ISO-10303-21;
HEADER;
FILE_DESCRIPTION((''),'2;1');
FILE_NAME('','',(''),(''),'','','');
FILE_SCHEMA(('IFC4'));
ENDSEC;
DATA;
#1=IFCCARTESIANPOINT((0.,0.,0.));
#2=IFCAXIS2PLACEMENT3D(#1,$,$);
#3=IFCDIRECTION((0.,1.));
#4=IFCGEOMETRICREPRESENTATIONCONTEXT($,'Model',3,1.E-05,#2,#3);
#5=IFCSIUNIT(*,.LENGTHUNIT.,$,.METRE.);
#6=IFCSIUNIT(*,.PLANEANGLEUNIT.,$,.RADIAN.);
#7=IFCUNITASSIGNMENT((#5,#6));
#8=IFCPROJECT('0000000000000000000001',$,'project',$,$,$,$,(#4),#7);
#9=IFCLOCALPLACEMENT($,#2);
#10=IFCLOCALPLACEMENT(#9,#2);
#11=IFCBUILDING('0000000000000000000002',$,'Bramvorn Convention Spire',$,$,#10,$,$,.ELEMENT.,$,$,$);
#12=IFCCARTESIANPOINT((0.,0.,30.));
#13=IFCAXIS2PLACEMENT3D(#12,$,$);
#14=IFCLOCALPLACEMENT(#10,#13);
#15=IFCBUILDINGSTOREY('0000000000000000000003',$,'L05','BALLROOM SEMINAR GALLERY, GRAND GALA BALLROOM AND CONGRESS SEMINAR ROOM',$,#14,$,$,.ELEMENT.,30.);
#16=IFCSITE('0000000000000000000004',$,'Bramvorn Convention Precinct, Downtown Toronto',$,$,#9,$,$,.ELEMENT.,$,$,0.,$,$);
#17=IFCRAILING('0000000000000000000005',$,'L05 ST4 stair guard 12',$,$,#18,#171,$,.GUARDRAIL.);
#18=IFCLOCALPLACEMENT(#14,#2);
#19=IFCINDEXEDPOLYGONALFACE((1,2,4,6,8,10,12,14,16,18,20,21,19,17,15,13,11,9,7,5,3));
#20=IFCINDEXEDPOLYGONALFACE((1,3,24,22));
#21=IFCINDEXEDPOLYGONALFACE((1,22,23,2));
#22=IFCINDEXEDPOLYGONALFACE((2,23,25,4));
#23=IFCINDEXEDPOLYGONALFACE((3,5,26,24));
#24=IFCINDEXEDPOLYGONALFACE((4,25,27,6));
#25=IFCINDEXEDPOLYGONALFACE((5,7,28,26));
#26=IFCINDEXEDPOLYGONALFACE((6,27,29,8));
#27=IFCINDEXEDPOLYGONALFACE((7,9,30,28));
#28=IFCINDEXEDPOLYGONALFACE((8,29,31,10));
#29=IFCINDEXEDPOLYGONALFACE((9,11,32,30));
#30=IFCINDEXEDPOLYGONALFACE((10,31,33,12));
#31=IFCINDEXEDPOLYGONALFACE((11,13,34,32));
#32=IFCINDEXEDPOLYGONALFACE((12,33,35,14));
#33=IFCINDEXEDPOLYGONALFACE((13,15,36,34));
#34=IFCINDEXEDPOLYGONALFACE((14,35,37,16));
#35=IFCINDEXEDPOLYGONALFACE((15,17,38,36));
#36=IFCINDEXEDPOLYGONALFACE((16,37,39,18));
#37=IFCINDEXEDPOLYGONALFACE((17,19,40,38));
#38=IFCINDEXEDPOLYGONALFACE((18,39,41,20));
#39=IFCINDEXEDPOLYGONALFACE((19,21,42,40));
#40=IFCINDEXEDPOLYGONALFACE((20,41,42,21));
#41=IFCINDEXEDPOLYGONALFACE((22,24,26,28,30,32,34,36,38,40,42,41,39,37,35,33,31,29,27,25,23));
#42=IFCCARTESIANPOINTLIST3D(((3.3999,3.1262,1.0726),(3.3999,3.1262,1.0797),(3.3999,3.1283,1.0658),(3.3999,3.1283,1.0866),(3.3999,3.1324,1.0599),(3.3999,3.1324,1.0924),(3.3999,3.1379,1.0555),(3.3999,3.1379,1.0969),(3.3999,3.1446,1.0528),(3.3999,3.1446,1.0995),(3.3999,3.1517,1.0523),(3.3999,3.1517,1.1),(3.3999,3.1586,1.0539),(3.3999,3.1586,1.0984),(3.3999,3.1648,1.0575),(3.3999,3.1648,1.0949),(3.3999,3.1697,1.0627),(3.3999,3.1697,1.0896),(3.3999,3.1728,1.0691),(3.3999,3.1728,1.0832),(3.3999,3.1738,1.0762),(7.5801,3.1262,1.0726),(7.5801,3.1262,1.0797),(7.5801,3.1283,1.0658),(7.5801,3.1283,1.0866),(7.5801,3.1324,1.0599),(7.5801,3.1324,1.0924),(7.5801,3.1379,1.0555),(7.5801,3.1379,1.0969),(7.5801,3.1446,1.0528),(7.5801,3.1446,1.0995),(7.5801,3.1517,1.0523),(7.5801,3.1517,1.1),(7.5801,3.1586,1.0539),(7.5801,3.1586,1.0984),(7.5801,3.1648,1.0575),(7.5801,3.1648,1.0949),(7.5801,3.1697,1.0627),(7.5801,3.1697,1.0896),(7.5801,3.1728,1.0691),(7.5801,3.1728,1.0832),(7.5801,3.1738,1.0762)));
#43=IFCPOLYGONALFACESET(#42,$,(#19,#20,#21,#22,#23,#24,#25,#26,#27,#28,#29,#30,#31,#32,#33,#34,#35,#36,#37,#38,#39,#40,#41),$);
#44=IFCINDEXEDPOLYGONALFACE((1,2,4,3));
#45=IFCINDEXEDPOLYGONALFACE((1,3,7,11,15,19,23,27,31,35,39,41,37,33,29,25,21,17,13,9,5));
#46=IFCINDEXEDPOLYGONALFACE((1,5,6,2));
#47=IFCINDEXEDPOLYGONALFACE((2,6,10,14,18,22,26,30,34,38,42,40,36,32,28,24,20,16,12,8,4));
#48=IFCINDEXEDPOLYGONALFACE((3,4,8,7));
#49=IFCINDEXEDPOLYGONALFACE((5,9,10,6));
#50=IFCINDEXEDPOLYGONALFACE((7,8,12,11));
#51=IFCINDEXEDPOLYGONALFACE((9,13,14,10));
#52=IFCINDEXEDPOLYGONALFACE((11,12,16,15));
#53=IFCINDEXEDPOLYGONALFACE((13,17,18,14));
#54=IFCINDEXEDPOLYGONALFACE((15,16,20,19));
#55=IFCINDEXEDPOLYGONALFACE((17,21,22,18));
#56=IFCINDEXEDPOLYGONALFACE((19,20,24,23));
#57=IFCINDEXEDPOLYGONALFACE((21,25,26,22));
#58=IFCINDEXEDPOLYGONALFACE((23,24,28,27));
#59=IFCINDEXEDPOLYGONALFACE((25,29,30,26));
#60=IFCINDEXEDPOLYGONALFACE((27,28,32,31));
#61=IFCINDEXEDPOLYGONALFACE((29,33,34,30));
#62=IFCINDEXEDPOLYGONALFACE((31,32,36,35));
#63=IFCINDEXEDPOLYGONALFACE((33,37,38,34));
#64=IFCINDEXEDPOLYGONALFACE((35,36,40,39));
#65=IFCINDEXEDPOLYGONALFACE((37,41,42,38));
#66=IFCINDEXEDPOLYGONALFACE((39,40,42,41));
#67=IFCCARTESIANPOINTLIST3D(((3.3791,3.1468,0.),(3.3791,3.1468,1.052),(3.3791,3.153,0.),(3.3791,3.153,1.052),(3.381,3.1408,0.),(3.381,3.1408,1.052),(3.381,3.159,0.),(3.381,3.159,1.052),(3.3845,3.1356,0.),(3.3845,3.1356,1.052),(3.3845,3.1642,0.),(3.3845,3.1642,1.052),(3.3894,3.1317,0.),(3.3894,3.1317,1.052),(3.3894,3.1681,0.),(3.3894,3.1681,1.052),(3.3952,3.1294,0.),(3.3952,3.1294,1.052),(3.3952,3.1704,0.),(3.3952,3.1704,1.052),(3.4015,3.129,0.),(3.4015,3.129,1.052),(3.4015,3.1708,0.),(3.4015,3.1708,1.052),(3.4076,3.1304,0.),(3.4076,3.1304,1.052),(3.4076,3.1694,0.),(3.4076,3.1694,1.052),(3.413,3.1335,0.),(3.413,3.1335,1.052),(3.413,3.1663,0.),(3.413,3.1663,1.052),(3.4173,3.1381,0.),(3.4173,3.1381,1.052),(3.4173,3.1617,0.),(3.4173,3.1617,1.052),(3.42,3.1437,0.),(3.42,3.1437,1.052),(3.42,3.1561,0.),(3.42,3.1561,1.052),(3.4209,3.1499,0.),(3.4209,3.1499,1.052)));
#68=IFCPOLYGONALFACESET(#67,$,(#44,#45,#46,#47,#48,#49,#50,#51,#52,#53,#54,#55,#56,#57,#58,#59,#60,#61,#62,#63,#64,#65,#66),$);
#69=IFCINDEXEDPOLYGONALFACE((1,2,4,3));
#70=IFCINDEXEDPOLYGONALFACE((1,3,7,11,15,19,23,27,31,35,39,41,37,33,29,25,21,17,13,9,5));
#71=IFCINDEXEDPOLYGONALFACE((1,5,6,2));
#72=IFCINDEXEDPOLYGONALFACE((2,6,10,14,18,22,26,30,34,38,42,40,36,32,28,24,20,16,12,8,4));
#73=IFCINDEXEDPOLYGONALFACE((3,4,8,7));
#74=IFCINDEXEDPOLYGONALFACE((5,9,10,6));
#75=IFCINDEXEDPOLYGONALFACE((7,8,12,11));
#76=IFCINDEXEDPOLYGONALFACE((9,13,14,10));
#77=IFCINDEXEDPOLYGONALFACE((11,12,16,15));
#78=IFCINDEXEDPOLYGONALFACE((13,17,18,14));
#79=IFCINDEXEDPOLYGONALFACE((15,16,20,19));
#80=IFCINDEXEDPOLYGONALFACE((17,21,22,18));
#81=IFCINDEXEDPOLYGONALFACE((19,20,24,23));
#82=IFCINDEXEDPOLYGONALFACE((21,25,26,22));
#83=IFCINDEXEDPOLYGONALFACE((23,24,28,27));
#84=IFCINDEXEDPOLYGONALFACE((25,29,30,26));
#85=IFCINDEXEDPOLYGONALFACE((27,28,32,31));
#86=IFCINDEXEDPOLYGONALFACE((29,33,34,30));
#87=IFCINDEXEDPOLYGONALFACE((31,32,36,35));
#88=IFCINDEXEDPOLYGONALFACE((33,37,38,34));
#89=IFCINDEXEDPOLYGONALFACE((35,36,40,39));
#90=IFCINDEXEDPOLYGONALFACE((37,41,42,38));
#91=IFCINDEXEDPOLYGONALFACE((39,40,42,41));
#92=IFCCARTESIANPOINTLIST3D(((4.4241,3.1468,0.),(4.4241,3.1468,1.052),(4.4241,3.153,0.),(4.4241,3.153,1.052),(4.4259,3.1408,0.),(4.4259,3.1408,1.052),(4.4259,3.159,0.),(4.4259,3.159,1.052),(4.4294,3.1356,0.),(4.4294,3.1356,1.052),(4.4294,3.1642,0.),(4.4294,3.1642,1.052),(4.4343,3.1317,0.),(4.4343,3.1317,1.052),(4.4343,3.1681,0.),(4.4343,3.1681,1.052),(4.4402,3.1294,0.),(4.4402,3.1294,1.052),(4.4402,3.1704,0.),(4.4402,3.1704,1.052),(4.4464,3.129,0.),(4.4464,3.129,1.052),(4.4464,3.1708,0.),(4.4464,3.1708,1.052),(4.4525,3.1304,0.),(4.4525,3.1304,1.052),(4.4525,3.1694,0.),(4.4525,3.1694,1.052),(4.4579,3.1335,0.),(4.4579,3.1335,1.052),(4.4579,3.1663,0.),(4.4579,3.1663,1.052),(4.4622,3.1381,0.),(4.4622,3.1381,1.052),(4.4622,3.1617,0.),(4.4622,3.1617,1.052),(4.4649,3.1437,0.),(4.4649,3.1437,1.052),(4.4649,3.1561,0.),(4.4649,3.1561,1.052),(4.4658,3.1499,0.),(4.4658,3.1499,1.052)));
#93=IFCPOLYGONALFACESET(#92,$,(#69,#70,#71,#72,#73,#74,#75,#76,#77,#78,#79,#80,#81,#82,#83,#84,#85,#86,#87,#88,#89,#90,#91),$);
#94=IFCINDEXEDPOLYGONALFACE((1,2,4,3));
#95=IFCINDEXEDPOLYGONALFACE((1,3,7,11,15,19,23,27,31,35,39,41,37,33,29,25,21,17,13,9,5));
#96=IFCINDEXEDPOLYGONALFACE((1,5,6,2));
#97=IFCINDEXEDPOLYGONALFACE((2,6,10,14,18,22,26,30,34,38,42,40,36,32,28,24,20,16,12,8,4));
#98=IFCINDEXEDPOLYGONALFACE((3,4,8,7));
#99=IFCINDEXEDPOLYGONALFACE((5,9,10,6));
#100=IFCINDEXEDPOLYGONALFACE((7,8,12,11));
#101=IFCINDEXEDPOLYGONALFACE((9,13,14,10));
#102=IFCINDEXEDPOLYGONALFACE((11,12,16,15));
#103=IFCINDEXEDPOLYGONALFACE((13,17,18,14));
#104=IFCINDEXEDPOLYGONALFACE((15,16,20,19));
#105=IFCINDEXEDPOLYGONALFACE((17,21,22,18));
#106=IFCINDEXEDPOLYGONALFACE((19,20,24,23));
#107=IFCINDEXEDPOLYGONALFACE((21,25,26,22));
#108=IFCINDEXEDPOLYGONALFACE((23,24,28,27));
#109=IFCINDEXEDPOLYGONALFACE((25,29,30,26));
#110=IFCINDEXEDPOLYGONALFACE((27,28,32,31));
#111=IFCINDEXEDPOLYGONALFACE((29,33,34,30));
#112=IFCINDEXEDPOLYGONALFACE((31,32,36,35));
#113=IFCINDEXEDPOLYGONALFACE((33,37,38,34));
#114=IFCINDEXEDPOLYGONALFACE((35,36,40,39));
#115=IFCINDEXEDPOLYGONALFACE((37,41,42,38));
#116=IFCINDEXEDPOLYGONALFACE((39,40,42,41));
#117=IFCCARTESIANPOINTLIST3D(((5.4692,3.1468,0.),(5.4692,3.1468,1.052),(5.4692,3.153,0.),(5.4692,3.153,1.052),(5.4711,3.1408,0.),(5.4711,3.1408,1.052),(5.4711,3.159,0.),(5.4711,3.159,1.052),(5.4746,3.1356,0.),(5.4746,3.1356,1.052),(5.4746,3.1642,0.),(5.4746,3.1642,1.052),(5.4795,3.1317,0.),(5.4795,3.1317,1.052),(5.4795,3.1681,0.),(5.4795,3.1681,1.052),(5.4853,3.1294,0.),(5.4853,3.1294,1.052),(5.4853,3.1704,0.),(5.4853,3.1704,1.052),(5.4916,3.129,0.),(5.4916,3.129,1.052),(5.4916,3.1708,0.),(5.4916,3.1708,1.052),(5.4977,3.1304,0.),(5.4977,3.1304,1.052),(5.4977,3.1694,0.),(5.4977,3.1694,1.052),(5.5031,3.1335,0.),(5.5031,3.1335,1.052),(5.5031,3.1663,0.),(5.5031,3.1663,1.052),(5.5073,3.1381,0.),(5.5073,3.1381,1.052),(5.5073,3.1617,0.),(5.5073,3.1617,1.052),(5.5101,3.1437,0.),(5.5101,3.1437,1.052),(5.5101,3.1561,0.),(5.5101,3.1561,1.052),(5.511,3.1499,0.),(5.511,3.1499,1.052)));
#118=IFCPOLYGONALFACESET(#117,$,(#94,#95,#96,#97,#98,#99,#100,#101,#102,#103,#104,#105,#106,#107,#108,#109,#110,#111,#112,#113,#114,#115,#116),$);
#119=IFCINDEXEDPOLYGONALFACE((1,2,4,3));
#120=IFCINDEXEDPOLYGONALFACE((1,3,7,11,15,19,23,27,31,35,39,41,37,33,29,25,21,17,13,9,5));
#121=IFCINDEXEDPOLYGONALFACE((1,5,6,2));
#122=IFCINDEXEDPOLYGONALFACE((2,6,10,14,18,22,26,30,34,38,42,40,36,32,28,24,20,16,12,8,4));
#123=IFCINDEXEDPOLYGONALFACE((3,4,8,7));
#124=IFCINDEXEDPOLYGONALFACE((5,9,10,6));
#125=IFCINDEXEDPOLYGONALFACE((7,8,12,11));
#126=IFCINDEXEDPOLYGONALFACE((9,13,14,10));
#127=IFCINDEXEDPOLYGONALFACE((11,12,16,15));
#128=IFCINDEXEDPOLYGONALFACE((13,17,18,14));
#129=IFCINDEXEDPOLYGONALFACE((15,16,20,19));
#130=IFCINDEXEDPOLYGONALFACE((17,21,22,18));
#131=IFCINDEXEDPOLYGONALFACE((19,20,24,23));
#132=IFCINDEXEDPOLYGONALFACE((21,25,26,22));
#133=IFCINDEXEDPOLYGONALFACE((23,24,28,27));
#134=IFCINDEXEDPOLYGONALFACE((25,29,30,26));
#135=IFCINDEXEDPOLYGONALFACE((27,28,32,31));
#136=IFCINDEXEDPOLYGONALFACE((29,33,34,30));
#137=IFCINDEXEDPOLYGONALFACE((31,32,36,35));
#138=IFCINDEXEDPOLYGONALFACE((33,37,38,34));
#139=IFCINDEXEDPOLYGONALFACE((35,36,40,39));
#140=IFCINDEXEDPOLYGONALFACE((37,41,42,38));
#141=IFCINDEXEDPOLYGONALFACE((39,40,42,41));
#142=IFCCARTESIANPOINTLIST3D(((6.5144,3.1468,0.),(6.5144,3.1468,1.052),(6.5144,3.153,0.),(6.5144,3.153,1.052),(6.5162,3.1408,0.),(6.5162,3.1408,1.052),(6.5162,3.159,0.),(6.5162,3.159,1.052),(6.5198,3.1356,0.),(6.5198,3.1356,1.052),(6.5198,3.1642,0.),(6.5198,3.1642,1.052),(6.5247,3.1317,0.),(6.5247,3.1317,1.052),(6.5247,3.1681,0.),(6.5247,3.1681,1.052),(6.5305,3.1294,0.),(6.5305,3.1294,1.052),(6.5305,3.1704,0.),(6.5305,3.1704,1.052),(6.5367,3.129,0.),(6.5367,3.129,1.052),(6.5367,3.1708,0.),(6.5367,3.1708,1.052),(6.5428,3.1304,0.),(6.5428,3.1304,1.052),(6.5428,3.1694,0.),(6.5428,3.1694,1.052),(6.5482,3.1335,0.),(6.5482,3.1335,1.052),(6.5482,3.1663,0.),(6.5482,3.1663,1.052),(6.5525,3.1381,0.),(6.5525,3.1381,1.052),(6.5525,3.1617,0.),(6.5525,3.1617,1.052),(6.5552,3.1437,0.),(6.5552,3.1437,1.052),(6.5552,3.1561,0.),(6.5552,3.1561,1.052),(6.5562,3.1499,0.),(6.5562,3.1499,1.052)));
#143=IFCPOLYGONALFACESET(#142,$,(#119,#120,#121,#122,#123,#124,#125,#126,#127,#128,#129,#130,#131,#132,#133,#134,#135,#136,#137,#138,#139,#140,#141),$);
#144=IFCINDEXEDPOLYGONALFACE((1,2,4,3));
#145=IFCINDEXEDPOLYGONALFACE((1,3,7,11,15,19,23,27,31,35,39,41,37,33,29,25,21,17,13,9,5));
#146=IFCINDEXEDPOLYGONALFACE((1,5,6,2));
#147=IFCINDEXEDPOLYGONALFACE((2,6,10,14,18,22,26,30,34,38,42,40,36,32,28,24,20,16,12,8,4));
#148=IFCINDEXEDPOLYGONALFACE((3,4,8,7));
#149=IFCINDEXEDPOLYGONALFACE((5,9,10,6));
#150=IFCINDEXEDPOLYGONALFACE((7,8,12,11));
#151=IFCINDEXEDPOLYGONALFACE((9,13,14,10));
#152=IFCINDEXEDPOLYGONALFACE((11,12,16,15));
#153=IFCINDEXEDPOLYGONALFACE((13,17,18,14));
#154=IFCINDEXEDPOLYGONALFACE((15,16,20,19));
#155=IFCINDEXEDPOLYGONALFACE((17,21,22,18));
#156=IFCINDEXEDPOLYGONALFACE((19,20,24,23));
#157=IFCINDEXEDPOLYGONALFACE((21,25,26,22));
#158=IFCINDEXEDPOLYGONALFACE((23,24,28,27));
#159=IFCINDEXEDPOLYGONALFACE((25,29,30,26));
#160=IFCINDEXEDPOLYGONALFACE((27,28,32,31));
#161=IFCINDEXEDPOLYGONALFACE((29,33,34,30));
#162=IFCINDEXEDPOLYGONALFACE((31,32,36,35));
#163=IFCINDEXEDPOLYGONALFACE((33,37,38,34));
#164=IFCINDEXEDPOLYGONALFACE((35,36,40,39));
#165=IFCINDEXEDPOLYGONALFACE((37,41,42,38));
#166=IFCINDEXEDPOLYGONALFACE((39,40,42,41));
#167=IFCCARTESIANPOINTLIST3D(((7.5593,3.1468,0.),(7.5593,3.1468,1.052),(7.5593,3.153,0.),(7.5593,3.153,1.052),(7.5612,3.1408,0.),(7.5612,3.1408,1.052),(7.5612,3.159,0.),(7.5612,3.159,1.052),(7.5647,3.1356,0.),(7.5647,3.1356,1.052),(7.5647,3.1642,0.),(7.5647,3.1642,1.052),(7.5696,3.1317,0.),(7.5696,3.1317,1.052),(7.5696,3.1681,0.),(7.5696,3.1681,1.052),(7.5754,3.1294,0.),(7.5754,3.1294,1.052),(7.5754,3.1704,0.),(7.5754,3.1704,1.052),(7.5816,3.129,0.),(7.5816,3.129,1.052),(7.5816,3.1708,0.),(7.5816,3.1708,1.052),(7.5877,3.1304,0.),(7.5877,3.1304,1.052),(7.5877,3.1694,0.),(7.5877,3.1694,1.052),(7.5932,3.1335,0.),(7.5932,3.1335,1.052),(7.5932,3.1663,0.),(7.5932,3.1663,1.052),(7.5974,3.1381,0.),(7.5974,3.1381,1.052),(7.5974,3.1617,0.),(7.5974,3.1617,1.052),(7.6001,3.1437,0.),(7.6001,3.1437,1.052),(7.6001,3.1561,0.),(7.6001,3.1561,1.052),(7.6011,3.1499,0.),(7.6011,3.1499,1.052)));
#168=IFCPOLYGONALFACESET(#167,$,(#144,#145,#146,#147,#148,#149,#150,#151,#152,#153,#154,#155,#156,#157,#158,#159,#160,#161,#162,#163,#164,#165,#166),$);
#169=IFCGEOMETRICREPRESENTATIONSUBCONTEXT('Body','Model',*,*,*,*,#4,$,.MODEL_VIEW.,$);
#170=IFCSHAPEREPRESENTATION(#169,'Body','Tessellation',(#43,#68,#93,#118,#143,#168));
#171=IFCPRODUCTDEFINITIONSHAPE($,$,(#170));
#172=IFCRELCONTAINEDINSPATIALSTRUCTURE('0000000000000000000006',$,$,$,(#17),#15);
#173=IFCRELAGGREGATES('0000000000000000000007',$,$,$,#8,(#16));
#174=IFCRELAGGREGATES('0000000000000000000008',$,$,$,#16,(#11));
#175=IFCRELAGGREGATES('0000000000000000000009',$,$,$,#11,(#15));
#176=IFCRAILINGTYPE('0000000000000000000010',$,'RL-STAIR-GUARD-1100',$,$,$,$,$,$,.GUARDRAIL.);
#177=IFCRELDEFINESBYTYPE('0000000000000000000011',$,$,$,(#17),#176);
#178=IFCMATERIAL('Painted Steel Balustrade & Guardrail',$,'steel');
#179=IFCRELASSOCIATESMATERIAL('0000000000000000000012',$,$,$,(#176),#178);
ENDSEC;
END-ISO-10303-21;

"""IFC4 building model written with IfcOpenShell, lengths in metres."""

from ifc_helpers import new_model, si_unit, direction, frame, origin, origin_2d, place, context, subcontext, project, spatial, circle, extrude, material, type_object, element, save


model = new_model("IFC4")

# Units and contexts
model_context = context("Model", 3, precision=1e-05, world=origin(), true_north=direction((0.0, 1.0)))
body_context = subcontext(model_context, "Body", "Model", "MODEL_VIEW")
ifc_project = project(units=[si_unit("LENGTHUNIT", "METRE"), si_unit("PLANEANGLEUNIT", "RADIAN")], contexts=[model_context])

# Site, building, storey
site_placement = place(None, origin())
site = spatial("IfcSite", under=ifc_project, at=site_placement, Name="Bramvorn Convention Precinct, Downtown Toronto", CompositionType="ELEMENT", RefElevation=0.0)
building_placement = place(site_placement, origin())
building = spatial("IfcBuilding", under=site, at=building_placement, Name="Bramvorn Convention Spire", CompositionType="ELEMENT")
storey_placement = place(building_placement, frame((0.0, 0.0, 30.0)))
storey = spatial("IfcBuildingStorey", under=building, at=storey_placement, Name="L05", Description="BALLROOM SEMINAR GALLERY, GRAND GALA BALLROOM AND CONGRESS SEMINAR ROOM", CompositionType="ELEMENT", Elevation=30.0)

# Railing
ifc_material_1 = material(Name="Painted Steel Balustrade & Guardrail", Category="steel")
railing_type = type_object("IfcRailingType", Name="RL-STAIR-GUARD-1100", PredefinedType="GUARDRAIL", material=ifc_material_1)
railing_1_placement = place(storey_placement, frame((3.3999, 3.1499, 0.0)))
element("IfcRailing", 1, at=railing_1_placement, inside=storey, type_object=railing_type, Name="L05 ST4 stair guard 12", PredefinedType="GUARDRAIL", context=body_context, shape_type="SweptSolid", body=[
    extrude(circle(Radius=0.0239, at=origin_2d()), frame((0.0, 0.0, 1.0762), z_axis=(1.0, 0.0, 0.0), x_axis=(0.0, 1.0, 0.0)), (0.0, 0.0, 1.0), 4.1802),
    extrude(circle(Radius=0.021, at=origin_2d()), origin(), (0.0, 0.0, 1.0), 1.052),
    extrude(circle(Radius=0.021, at=origin_2d()), frame((1.0449, 0.0, 0.0)), (0.0, 0.0, 1.0), 1.052),
    extrude(circle(Radius=0.021, at=origin_2d()), frame((2.0901, 0.0, 0.0)), (0.0, 0.0, 1.0), 1.052),
    extrude(circle(Radius=0.021, at=origin_2d()), frame((3.1353, 0.0, 0.0)), (0.0, 0.0, 1.0), 1.052),
    extrude(circle(Radius=0.021, at=origin_2d()), frame((4.1802, 0.0, 0.0)), (0.0, 0.0, 1.0), 1.052),
])

save(model, "model.ifc")
